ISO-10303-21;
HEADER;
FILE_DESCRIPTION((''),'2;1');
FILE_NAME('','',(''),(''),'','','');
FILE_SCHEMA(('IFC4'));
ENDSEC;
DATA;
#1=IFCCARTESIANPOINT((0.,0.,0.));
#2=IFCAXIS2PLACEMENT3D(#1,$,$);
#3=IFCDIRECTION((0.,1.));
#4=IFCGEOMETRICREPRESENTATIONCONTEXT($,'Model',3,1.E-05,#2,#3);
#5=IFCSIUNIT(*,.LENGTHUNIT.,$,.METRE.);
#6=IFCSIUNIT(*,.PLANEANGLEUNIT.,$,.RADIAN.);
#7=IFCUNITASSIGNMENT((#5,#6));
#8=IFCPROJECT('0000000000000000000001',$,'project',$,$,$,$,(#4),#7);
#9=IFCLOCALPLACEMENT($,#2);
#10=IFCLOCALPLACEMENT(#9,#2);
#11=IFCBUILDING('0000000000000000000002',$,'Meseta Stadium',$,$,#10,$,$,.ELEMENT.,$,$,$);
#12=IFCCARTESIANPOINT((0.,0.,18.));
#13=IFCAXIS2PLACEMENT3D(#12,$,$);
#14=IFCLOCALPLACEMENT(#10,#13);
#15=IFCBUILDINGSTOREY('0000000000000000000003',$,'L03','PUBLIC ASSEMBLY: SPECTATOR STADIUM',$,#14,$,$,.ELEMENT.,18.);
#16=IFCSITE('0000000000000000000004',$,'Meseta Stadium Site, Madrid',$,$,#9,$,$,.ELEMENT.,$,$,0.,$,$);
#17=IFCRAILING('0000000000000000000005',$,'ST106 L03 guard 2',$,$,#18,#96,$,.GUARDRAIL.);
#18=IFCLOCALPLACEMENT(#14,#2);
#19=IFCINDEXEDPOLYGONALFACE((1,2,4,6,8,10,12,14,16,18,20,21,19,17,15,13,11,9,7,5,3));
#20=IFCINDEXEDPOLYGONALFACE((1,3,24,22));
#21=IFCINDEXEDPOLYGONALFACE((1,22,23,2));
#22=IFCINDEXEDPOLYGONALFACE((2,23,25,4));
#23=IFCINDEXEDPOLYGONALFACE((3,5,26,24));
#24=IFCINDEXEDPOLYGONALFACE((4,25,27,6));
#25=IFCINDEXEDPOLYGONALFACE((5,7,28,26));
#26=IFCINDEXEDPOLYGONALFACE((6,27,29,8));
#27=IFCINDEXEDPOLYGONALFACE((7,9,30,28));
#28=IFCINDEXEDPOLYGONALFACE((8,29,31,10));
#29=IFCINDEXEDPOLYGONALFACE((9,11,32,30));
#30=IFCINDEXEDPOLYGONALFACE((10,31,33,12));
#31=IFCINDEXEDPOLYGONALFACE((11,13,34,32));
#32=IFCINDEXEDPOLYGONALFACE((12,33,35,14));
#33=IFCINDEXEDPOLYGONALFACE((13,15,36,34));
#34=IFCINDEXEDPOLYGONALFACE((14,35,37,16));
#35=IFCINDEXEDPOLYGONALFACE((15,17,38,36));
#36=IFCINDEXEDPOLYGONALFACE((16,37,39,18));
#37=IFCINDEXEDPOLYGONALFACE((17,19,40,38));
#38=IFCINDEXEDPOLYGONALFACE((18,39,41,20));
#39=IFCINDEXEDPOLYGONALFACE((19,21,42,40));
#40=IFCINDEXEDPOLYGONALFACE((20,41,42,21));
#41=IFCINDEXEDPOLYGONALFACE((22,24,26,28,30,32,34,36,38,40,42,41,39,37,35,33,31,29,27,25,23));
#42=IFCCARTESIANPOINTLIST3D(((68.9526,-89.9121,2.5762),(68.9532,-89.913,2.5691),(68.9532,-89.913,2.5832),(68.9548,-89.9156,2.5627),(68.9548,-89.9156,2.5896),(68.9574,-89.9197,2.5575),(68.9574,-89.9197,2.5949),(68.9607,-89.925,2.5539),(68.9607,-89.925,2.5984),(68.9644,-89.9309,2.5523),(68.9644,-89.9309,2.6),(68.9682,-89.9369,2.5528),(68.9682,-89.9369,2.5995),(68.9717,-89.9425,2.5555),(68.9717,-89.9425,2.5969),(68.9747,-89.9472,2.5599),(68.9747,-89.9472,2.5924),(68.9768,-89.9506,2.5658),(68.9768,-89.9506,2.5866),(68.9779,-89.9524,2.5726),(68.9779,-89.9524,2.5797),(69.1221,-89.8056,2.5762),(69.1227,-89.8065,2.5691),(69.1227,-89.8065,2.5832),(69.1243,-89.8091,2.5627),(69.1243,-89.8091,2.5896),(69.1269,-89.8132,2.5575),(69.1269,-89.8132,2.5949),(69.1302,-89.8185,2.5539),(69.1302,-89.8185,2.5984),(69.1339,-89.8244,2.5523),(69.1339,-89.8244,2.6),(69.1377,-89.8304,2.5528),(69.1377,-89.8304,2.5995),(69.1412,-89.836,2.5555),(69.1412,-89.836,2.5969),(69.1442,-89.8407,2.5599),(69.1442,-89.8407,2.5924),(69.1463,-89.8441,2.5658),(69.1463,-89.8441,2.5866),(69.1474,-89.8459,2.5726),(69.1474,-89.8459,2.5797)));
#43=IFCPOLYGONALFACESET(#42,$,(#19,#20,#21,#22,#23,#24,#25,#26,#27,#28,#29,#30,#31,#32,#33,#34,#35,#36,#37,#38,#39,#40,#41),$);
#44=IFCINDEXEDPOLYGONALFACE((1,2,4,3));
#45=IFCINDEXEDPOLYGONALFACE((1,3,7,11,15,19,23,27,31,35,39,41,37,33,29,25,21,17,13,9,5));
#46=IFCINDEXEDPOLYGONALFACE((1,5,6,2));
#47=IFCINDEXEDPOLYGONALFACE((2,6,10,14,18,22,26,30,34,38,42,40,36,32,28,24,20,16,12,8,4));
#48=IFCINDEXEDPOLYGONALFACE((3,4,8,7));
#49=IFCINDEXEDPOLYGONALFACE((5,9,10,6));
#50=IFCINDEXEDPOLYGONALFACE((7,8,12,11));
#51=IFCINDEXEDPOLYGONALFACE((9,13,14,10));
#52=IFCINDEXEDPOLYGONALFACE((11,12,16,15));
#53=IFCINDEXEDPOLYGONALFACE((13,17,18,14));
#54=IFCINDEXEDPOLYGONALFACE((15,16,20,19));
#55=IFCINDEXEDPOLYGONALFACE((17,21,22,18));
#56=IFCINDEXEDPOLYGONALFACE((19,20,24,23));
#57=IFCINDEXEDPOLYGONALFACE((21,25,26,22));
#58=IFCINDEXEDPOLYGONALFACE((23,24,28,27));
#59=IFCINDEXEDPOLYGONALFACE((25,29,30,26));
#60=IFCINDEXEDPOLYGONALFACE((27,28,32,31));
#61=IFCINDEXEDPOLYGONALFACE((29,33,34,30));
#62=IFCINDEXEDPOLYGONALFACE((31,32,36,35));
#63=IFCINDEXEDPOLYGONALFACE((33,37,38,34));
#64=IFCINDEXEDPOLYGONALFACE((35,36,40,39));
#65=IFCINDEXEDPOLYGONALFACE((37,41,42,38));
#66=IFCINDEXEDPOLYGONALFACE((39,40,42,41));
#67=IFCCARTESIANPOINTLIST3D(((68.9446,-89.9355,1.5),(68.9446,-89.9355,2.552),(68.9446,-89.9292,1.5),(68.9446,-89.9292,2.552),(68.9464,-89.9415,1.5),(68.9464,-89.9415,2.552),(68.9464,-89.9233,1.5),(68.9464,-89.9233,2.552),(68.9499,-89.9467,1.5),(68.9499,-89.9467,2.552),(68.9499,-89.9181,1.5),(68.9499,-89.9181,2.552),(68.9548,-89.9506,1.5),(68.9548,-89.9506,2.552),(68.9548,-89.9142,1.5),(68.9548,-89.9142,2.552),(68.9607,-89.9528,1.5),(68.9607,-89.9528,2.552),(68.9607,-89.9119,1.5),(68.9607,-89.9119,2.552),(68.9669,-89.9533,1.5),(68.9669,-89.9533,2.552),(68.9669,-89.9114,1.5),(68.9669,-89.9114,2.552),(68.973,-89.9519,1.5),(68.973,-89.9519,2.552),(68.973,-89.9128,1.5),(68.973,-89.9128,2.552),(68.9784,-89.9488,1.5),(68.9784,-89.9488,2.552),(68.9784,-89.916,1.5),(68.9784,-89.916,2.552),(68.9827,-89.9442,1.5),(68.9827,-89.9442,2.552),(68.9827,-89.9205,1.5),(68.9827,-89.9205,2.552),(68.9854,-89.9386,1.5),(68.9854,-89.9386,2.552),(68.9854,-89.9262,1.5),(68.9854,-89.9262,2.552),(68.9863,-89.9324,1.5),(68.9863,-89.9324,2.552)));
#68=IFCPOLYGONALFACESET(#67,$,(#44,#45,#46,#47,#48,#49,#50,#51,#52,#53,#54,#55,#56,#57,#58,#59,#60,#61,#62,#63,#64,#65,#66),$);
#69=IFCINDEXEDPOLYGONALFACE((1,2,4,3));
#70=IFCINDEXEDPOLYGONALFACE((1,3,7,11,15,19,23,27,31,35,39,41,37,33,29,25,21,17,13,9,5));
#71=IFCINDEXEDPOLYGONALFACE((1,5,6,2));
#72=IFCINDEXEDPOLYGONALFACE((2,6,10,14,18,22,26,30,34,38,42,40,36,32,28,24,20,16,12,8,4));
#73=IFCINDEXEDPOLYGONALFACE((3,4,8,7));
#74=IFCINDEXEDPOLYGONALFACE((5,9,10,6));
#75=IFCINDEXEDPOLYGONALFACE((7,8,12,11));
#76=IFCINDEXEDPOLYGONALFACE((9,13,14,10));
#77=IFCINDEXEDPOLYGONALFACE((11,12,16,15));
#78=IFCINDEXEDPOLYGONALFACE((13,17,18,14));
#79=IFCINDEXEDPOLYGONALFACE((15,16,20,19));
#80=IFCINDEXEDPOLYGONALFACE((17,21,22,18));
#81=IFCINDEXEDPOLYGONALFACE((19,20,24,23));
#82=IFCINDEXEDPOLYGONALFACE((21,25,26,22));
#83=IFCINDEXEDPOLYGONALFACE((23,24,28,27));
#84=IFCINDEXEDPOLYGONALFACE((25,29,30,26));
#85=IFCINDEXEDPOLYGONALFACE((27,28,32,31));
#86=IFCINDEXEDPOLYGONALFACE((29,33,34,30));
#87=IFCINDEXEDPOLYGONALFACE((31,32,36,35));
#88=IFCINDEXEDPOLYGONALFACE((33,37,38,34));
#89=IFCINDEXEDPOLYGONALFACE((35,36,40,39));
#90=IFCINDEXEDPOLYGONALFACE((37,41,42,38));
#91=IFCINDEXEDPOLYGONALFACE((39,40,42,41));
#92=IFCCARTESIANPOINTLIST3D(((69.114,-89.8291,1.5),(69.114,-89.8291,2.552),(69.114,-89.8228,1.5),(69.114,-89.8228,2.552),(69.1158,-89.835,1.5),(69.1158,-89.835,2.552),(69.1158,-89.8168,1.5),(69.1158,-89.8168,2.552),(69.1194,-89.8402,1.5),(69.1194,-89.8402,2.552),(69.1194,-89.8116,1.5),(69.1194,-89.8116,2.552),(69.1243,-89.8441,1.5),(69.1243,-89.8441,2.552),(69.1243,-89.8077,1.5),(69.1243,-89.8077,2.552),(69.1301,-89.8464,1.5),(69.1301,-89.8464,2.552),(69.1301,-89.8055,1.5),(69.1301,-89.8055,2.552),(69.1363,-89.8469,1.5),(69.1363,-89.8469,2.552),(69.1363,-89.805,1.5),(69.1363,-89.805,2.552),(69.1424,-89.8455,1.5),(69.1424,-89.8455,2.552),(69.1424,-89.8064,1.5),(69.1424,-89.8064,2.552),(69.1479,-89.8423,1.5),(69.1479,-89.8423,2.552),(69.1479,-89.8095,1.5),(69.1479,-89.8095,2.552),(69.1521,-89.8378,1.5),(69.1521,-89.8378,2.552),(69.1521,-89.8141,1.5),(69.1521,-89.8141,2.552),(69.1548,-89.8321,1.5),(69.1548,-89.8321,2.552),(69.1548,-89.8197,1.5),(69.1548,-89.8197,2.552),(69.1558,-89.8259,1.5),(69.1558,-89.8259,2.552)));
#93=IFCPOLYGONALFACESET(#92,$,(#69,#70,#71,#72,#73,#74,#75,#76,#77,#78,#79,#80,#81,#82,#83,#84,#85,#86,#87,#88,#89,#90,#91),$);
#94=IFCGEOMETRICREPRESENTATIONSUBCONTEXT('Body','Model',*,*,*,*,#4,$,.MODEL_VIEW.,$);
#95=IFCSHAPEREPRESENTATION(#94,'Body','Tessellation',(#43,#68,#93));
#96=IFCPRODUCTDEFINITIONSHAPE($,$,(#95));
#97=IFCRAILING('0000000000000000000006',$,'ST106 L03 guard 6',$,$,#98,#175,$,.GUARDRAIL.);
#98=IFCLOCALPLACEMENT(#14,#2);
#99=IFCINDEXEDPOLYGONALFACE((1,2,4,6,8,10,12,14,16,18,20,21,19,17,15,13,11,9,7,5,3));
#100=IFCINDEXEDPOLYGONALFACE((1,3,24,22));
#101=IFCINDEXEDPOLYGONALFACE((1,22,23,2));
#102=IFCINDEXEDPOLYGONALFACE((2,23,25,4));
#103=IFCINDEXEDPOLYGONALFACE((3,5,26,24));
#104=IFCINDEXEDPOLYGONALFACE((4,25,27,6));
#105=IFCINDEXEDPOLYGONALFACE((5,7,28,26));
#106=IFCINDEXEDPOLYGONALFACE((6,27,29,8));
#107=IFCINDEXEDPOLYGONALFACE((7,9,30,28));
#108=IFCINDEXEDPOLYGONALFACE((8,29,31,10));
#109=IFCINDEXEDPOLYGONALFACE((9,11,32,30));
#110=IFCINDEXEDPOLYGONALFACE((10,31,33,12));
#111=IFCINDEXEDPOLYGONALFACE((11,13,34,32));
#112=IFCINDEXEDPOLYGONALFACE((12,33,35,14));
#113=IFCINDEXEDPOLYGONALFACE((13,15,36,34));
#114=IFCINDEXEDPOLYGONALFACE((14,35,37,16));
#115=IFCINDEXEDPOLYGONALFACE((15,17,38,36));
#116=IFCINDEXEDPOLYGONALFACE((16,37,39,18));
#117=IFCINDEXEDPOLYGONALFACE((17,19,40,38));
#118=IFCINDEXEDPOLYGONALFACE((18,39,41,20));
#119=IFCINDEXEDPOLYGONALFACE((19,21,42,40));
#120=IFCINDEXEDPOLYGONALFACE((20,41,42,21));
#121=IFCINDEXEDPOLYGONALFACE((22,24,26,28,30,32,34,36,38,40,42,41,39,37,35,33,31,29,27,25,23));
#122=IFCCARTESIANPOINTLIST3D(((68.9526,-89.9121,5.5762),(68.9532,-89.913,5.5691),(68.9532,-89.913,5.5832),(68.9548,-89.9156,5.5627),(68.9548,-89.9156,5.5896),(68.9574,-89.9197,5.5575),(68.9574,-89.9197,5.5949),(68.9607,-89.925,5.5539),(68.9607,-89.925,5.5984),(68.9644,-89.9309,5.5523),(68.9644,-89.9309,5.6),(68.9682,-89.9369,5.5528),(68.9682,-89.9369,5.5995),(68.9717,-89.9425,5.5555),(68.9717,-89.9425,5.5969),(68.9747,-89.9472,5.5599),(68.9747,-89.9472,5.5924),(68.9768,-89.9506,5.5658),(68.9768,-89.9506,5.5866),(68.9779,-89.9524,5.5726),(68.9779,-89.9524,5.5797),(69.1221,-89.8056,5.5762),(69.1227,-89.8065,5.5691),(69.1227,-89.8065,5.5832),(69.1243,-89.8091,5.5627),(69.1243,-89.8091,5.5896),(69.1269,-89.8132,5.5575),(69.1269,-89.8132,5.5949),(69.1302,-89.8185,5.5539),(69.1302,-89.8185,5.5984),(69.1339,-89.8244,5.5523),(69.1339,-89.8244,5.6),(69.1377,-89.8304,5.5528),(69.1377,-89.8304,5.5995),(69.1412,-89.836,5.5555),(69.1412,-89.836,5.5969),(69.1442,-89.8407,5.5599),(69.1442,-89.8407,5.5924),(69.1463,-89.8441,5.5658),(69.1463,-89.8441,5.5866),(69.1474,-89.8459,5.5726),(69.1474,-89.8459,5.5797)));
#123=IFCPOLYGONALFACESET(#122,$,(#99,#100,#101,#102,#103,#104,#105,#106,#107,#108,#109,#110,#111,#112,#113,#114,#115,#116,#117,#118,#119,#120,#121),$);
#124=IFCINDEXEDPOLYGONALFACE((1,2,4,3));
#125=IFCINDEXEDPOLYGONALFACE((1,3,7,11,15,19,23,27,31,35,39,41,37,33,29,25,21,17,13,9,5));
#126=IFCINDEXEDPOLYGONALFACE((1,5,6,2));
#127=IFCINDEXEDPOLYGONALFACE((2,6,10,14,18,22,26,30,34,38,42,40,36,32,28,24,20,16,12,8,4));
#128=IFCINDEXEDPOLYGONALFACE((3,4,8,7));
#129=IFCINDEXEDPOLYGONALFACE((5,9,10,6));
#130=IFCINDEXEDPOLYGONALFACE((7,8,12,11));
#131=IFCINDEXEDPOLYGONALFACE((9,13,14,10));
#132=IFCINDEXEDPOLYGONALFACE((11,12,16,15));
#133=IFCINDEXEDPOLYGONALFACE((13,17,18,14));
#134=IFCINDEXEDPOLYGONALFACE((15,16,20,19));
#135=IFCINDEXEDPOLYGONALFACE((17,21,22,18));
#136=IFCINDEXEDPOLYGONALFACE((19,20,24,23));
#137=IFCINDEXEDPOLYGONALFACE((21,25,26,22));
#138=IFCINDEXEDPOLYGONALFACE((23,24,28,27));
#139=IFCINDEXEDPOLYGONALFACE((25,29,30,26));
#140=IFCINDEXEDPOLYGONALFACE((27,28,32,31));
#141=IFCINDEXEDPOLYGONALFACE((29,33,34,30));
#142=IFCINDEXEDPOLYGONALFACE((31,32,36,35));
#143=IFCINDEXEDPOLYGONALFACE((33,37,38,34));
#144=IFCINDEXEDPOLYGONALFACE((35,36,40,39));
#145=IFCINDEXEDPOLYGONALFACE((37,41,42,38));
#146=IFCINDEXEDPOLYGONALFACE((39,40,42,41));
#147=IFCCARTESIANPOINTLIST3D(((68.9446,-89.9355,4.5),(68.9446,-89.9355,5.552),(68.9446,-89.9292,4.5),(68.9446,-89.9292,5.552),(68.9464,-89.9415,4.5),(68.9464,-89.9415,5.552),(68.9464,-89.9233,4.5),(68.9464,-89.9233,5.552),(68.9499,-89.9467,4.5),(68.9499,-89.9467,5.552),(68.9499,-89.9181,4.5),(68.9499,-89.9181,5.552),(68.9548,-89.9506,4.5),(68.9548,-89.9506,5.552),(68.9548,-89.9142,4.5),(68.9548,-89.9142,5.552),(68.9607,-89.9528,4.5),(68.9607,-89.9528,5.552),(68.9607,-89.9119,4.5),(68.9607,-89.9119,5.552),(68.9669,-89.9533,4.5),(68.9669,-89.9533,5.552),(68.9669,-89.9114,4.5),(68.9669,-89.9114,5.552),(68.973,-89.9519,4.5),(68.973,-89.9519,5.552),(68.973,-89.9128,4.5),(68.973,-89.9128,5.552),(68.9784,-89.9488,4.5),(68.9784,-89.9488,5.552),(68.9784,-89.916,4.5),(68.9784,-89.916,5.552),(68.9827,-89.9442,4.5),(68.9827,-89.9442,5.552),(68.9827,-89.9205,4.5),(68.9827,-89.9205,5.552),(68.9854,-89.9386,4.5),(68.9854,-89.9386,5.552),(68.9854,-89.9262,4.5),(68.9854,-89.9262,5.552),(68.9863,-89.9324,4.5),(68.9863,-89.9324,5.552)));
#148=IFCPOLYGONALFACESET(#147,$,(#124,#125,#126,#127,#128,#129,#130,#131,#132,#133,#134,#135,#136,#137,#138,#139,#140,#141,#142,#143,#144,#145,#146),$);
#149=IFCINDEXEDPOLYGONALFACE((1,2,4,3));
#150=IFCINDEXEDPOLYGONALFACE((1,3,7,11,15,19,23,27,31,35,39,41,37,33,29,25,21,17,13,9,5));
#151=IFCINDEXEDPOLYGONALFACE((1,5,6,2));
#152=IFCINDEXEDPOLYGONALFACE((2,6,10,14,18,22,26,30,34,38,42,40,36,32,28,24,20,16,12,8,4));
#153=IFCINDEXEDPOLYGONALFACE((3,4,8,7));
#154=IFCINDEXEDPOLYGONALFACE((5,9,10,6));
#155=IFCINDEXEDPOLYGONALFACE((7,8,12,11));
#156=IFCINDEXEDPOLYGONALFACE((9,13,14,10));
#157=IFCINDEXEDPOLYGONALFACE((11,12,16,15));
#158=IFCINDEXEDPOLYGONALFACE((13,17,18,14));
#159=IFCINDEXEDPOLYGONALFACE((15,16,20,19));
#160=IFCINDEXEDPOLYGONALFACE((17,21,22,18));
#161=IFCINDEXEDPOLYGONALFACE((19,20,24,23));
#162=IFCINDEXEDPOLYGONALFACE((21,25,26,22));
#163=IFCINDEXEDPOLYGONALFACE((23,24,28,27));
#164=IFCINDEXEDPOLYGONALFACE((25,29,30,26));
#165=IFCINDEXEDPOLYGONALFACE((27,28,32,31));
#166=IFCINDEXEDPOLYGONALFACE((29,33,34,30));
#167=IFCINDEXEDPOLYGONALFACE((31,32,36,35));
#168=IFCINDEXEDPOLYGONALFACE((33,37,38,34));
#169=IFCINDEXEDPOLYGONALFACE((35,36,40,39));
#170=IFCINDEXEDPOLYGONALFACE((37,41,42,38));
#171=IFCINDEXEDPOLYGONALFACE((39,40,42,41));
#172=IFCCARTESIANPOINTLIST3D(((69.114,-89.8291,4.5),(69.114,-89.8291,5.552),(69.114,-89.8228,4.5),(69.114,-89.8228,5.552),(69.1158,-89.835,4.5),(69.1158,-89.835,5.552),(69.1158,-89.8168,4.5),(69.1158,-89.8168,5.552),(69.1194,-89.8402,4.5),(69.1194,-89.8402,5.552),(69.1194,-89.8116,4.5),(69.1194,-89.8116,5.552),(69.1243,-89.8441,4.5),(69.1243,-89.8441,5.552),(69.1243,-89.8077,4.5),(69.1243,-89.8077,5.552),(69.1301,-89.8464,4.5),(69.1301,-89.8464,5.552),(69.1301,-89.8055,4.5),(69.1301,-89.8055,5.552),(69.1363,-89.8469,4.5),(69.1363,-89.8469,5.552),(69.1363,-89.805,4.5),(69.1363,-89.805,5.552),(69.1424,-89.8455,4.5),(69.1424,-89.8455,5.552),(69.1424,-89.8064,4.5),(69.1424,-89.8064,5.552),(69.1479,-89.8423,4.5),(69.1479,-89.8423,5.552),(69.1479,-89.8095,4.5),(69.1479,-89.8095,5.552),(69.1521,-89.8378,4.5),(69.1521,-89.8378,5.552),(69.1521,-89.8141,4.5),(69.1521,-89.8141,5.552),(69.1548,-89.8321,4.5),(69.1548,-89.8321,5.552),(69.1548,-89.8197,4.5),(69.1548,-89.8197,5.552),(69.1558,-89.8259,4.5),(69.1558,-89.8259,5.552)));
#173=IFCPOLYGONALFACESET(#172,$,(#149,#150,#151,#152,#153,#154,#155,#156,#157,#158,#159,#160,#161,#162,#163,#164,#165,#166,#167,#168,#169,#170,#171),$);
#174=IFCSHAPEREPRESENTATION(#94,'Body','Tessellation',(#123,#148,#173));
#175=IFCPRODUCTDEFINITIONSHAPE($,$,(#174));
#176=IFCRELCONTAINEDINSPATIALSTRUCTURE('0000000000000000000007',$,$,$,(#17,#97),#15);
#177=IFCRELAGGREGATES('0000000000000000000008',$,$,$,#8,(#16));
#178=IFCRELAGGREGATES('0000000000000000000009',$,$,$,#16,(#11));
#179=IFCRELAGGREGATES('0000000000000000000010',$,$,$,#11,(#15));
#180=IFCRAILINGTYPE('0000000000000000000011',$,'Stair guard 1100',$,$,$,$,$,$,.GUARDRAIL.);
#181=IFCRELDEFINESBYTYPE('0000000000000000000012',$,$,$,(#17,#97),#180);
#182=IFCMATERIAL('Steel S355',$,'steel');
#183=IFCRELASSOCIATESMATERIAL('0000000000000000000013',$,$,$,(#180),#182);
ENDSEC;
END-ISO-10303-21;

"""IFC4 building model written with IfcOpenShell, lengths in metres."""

from ifc_helpers import new_model, si_unit, direction, frame, origin, origin_2d, place, context, subcontext, project, spatial, circle, extrude, material, type_object, element, save


model = new_model("IFC4")

# Units and contexts
model_context = context("Model", 3, precision=1e-05, world=origin(), true_north=direction((0.0, 1.0)))
body_context = subcontext(model_context, "Body", "Model", "MODEL_VIEW")
ifc_project = project(units=[si_unit("LENGTHUNIT", "METRE"), si_unit("PLANEANGLEUNIT", "RADIAN")], contexts=[model_context])

# Site, building, storey
site_placement = place(None, origin())
site = spatial("IfcSite", under=ifc_project, at=site_placement, Name="Meseta Stadium Site, Madrid", CompositionType="ELEMENT", RefElevation=0.0)
building_placement = place(site_placement, origin())
building = spatial("IfcBuilding", under=site, at=building_placement, Name="Meseta Stadium", CompositionType="ELEMENT")
storey_placement = place(building_placement, frame((0.0, 0.0, 18.0)))
storey = spatial("IfcBuildingStorey", under=building, at=storey_placement, Name="L03", Description="PUBLIC ASSEMBLY: SPECTATOR STADIUM", CompositionType="ELEMENT", Elevation=18.0)

# Railings
ifc_material_1 = material(Name="Steel S355", Category="steel")
railing_type_1 = type_object("IfcRailingType", Name="Stair guard 1100", PredefinedType="GUARDRAIL", material=ifc_material_1)
for number, where, name in (
    (1, (68.9653, -89.9324, 1.5), "ST106 L03 guard 2"),
    (2, (68.9653, -89.9324, 4.5), "ST106 L03 guard 6"),
):
    element("IfcRailing", number, at=place(storey_placement, frame(where)), inside=storey, type_object=railing_type_1, Name=name, PredefinedType="GUARDRAIL", context=body_context, shape_type="SweptSolid", body=[
        extrude(circle(Radius=0.0239, at=origin_2d()), frame((0.0, 0.0, 1.0762), z_axis=(0.846762, 0.531972, 0.0), x_axis=(-0.531972, 0.846762, 0.0)), (0.0, 0.0, 1.0), 0.2002),
        extrude(circle(Radius=0.021, at=origin_2d()), origin(), (0.0, 0.0, 1.0), 1.052),
        extrude(circle(Radius=0.021, at=origin_2d()), frame((0.1694, 0.1064, 0.0)), (0.0, 0.0, 1.0), 1.052),
    ])

save(model, "model.ifc")
